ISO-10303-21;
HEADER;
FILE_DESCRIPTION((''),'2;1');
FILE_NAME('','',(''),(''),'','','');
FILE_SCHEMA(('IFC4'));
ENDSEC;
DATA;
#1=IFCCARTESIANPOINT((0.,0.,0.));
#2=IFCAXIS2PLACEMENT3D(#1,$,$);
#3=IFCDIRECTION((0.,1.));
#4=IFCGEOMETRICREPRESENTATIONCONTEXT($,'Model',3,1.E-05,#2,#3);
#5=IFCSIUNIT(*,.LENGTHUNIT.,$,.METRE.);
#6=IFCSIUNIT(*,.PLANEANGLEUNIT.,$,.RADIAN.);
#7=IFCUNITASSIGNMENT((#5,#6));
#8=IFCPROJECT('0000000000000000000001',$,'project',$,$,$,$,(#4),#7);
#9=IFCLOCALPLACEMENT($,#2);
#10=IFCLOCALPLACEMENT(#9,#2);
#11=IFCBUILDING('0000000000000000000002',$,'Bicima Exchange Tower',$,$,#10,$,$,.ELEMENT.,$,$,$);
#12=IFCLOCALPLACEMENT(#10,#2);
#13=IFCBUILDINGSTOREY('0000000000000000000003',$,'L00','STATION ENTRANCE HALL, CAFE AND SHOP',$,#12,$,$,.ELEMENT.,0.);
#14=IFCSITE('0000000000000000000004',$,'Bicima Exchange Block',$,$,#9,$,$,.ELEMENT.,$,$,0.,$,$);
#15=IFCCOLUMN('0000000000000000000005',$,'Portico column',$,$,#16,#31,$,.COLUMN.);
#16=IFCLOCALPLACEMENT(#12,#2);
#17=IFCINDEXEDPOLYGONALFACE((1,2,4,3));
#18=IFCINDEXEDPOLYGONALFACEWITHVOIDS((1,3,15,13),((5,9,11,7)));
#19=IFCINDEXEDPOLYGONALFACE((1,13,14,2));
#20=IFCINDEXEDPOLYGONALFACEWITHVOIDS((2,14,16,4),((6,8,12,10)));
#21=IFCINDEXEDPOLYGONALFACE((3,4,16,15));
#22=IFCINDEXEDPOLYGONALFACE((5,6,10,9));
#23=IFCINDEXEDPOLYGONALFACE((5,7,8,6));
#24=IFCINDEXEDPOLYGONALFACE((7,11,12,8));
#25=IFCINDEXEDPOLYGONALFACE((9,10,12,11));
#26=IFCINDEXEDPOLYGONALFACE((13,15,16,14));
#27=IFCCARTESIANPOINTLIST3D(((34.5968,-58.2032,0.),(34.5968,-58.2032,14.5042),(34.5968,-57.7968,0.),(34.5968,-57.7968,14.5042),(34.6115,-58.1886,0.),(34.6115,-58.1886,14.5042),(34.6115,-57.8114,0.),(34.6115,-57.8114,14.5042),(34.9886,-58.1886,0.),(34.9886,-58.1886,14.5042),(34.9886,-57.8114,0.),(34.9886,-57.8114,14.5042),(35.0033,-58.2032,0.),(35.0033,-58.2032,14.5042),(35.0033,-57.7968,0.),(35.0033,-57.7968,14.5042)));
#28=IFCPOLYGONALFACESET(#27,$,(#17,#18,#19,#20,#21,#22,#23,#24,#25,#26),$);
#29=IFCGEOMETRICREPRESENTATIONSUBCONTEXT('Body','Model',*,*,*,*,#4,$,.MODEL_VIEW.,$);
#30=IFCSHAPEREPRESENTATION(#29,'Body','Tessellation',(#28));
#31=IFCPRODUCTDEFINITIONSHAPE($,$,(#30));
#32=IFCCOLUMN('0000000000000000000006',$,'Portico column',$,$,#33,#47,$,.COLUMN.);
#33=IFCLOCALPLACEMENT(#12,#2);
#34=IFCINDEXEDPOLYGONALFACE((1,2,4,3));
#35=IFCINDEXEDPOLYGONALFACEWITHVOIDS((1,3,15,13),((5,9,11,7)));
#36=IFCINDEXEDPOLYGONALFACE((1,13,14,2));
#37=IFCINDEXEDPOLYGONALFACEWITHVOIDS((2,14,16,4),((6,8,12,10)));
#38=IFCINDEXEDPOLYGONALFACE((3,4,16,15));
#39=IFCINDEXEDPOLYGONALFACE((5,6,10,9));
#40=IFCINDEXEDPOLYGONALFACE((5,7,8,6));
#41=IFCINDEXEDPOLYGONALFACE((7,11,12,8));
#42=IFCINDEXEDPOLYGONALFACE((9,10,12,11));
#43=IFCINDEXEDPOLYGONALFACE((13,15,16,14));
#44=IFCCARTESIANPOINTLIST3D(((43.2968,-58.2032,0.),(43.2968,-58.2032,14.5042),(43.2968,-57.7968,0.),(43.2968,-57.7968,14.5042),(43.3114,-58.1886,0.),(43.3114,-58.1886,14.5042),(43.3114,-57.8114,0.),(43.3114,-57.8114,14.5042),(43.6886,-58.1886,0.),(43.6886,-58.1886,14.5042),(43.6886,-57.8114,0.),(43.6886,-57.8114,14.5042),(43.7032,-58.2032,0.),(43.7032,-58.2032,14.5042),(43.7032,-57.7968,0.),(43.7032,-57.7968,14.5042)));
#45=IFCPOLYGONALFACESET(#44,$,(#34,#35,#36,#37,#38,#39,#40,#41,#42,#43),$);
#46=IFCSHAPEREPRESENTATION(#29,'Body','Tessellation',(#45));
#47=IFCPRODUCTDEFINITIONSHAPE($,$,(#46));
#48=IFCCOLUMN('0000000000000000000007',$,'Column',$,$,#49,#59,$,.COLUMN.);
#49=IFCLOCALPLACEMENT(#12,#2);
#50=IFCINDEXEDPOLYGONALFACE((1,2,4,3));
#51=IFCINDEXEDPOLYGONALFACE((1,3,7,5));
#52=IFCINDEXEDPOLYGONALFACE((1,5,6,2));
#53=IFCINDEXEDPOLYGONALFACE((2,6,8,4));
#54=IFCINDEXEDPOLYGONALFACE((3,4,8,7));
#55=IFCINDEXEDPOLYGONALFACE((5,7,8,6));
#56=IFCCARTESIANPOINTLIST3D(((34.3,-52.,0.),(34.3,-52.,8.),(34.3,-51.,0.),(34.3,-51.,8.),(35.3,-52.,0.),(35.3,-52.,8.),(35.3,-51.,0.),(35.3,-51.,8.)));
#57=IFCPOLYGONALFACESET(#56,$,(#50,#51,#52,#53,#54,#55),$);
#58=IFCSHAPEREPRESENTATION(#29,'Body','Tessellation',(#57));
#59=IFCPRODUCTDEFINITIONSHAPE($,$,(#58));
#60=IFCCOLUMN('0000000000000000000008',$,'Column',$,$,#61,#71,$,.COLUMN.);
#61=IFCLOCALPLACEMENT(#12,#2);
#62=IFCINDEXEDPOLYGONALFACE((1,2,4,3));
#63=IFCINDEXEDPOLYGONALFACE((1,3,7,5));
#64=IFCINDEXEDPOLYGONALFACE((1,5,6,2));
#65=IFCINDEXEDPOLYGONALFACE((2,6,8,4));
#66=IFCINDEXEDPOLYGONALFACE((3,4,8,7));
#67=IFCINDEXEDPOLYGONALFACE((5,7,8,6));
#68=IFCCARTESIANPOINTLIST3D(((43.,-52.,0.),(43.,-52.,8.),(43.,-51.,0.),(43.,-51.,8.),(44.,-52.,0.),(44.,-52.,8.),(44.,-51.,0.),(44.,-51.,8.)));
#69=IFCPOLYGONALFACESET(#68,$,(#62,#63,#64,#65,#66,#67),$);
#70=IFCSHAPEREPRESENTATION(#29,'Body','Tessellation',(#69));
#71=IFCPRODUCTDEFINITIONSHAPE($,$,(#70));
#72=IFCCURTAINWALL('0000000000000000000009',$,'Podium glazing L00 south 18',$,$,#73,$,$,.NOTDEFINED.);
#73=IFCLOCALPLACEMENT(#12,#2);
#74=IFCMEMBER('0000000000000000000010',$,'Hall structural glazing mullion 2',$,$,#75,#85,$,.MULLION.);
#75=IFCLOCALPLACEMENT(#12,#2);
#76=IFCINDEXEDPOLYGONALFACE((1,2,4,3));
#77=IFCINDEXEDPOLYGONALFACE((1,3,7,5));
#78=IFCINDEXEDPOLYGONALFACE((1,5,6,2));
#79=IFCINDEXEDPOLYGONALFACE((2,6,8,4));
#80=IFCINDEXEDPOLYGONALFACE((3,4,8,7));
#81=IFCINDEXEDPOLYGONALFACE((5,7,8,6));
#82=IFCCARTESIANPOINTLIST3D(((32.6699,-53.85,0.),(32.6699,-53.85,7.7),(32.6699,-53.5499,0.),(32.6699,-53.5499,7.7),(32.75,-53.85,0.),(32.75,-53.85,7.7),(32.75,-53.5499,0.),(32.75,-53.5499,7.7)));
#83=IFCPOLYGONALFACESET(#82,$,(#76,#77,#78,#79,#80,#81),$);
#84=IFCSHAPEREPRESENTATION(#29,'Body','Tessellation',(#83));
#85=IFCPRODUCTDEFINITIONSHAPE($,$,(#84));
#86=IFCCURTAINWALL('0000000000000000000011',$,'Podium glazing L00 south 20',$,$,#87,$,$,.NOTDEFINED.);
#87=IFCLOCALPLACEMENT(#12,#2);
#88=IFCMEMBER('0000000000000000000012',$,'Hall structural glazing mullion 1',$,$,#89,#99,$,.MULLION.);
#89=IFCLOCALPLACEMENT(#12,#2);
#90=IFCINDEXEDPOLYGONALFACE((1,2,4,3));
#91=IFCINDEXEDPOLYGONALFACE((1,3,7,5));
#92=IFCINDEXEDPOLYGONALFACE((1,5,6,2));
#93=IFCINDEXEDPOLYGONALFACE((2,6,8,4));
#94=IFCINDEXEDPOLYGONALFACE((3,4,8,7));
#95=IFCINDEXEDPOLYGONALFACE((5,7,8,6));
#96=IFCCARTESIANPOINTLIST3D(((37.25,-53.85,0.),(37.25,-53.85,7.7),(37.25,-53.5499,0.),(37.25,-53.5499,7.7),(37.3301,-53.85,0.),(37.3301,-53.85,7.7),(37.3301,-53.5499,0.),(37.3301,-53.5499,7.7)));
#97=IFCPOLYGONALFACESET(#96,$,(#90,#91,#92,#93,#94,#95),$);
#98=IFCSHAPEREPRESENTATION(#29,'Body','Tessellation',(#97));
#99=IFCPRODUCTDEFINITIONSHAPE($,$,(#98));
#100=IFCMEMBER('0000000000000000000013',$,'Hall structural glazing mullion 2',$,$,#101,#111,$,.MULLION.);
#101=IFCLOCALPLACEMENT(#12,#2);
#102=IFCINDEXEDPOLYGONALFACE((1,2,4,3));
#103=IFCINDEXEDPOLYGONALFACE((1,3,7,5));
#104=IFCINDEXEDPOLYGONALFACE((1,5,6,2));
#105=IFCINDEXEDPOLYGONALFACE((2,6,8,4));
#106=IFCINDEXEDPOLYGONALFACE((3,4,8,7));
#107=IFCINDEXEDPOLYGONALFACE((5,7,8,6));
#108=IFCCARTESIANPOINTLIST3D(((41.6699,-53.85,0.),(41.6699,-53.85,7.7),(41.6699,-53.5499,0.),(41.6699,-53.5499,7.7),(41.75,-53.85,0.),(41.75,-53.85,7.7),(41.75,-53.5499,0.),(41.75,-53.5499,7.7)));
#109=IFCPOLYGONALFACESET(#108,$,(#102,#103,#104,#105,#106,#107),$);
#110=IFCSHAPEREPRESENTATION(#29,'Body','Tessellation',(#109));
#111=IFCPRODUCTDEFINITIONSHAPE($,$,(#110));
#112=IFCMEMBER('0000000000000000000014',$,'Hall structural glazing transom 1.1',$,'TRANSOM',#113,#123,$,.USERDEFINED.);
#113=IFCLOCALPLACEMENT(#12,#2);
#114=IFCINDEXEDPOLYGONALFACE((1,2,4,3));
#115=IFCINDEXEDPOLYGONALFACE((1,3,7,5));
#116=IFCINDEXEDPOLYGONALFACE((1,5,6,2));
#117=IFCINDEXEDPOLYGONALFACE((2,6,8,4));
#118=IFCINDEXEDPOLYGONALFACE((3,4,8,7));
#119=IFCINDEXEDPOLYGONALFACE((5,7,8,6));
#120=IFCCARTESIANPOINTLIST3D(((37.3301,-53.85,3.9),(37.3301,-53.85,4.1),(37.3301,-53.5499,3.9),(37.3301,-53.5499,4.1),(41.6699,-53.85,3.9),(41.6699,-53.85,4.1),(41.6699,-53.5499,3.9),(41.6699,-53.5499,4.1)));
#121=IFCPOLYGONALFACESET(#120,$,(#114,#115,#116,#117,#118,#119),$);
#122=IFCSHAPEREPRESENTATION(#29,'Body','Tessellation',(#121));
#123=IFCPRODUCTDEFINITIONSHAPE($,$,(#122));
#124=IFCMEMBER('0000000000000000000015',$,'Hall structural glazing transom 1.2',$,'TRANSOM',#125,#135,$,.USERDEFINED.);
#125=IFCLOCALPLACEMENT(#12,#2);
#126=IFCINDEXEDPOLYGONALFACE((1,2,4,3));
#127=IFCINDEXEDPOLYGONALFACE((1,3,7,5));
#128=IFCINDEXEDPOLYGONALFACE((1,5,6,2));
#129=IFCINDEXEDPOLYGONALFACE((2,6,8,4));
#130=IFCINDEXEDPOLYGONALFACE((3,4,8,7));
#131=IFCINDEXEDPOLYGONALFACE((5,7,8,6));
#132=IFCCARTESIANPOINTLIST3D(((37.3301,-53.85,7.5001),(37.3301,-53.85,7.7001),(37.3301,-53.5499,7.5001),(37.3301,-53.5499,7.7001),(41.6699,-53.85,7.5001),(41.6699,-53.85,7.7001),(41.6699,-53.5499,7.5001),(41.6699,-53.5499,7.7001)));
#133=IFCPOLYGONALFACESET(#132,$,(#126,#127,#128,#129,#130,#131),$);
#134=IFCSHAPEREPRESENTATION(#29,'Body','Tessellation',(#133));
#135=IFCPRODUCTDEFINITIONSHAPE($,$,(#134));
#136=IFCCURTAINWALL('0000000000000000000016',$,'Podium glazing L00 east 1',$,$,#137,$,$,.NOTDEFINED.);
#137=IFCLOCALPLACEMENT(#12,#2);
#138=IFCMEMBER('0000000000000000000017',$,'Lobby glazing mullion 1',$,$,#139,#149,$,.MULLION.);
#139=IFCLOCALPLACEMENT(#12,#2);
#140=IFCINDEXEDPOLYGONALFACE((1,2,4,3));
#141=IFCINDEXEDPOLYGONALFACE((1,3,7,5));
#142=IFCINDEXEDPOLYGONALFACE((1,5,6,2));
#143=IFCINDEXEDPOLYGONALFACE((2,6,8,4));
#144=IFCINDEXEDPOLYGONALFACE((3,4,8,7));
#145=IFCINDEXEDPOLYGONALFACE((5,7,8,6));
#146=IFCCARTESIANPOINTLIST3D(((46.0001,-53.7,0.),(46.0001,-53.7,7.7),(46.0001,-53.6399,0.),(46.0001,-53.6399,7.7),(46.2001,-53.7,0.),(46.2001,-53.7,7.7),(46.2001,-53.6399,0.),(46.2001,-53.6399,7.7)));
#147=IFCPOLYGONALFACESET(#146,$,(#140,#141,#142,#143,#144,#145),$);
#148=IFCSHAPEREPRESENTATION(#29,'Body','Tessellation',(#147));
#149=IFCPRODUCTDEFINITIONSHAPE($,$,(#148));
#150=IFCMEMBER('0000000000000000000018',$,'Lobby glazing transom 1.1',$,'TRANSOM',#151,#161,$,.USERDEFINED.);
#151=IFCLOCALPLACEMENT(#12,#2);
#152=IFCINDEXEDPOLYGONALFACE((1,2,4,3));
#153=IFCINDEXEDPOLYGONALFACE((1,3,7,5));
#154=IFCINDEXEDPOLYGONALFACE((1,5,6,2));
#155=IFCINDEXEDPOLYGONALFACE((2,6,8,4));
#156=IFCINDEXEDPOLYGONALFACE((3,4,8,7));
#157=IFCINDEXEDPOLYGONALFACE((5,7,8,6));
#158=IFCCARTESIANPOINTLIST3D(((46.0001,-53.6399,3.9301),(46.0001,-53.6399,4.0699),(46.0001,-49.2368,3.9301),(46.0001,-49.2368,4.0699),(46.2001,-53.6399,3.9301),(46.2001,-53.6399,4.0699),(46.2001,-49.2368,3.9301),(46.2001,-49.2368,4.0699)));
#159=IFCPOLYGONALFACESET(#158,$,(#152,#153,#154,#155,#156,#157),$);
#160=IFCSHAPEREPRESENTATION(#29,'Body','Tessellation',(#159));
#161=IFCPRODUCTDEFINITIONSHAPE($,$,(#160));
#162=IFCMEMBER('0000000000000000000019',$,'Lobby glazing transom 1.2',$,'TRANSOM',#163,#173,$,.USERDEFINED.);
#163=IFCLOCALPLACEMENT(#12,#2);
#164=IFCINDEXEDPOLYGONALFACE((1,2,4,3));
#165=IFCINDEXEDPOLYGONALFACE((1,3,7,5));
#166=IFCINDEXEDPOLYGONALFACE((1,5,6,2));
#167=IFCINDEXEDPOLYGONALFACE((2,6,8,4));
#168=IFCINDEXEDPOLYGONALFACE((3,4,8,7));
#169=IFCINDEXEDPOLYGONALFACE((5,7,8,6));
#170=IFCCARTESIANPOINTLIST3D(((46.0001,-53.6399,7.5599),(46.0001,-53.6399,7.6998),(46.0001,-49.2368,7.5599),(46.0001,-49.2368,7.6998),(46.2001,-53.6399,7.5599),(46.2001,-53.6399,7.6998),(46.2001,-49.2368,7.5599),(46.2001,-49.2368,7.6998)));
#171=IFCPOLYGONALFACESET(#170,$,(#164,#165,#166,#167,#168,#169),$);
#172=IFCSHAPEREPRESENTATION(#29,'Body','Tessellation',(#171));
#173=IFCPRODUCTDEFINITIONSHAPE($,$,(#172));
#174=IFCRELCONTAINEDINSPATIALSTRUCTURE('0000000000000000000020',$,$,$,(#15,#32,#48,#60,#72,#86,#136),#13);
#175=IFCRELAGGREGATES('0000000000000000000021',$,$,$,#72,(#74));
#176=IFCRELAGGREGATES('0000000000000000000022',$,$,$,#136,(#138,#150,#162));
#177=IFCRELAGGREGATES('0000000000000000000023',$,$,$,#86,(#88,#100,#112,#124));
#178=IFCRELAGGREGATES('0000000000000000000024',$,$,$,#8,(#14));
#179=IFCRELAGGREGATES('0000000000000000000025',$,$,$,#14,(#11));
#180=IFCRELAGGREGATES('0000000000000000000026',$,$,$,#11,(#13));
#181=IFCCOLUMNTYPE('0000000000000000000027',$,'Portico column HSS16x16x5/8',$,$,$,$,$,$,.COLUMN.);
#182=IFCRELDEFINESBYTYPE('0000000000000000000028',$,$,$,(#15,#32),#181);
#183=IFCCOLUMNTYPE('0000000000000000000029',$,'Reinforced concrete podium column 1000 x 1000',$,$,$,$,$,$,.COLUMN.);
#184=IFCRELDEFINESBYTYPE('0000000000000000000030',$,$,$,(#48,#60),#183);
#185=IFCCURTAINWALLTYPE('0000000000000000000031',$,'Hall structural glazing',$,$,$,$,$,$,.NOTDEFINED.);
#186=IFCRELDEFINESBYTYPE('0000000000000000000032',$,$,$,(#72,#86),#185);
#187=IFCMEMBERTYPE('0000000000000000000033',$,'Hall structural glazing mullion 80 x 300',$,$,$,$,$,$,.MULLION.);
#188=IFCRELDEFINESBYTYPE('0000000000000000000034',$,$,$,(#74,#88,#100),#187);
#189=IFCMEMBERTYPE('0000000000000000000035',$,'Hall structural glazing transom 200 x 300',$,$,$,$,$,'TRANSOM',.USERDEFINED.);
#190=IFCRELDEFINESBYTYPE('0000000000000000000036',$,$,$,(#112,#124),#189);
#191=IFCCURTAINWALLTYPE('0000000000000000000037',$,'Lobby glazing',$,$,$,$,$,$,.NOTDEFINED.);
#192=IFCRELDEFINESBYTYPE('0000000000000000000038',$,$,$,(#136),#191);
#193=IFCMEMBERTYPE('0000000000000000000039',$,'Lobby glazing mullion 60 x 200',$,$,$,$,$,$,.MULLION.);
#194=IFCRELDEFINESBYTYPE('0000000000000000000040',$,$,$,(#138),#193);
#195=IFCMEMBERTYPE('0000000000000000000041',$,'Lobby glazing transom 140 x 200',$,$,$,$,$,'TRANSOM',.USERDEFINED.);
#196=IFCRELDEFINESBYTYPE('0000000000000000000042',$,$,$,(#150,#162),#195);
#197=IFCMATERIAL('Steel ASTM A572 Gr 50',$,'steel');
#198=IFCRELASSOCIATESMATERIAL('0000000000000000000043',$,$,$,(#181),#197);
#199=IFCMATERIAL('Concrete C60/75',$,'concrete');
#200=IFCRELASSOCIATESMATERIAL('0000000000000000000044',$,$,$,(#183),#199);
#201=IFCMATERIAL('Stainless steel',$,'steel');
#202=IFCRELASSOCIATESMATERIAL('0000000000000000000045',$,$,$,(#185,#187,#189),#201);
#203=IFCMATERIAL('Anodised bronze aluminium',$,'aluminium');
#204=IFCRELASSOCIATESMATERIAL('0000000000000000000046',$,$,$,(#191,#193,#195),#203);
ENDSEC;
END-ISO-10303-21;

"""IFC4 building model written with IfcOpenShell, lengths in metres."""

from ifc_helpers import new_model, si_unit, direction, frame, origin, origin_2d, place, context, subcontext, project, spatial, rectangle, hollow_rectangle, extrude, material, material_profile, profile_set, type_object, element, aggregate, save


model = new_model("IFC4")

# Units and contexts
model_context = context("Model", 3, precision=1e-05, world=origin(), true_north=direction((0.0, 1.0)))
body_context = subcontext(model_context, "Body", "Model", "MODEL_VIEW")
ifc_project = project(units=[si_unit("LENGTHUNIT", "METRE"), si_unit("PLANEANGLEUNIT", "RADIAN")], contexts=[model_context])

# Site, building, storey
site_placement = place(None, origin())
site = spatial("IfcSite", under=ifc_project, at=site_placement, Name="Bicima Exchange Block", CompositionType="ELEMENT", RefElevation=0.0)
building_placement = place(site_placement, origin())
building = spatial("IfcBuilding", under=site, at=building_placement, Name="Bicima Exchange Tower", CompositionType="ELEMENT")
storey_placement = place(building_placement, origin())
storey = spatial("IfcBuildingStorey", under=building, at=storey_placement, Name="L00", Description="STATION ENTRANCE HALL, CAFE AND SHOP", CompositionType="ELEMENT", Elevation=0.0)

# Columns
ifc_material_1 = material(Name="Steel ASTM A572 Gr 50", Category="steel")
ifc_material_profile_1 = material_profile(ifc_material_1, hollow_rectangle(XDim=0.4065, YDim=0.4065, WallThickness=0.0146, at=origin_2d()))
ifc_profile_set_1 = profile_set([ifc_material_profile_1], Name="Steel ASTM A572 Gr 50")
column_type_1 = type_object("IfcColumnType", Name="Portico column HSS16x16x5/8", PredefinedType="COLUMN", material=ifc_profile_set_1)
for number, where, z_axis, x_axis, name in (
    (1, (34.8, -58.0, 0.0), (0.0, 0.0, 1.0), (1.0, 0.0, 0.0), "Portico column"),
    (2, (43.5, -58.0, 0.0), (0.0, 0.0, 1.0), (1.0, 0.0, 0.0), "Portico column"),
):
    element("IfcColumn", number, at=place(storey_placement, frame(where, z_axis=z_axis, x_axis=x_axis)), inside=storey, type_object=column_type_1, Name=name, PredefinedType="COLUMN", context=body_context, shape_type="SweptSolid", body=[
        extrude(hollow_rectangle(XDim=0.4065, YDim=0.4065, WallThickness=0.0146, at=origin_2d()), origin(), (0.0, 0.0, 1.0), 14.5042),
    ])
ifc_material_2 = material(Name="Concrete C60/75", Category="concrete")
ifc_material_profile_2 = material_profile(ifc_material_2, rectangle(XDim=1.0, YDim=1.0, at=origin_2d()))
ifc_profile_set_2 = profile_set([ifc_material_profile_2], Name="Concrete C60/75")
column_type_2 = type_object("IfcColumnType", Name="Reinforced concrete podium column 1000 x 1000", PredefinedType="COLUMN", material=ifc_profile_set_2)
for number, where, z_axis, x_axis, name in (
    (3, (34.8, -51.5, 0.0), (0.0, 0.0, 1.0), (1.0, 0.0, 0.0), "Column"),
    (4, (43.5, -51.5, 0.0), (0.0, 0.0, 1.0), (1.0, 0.0, 0.0), "Column"),
):
    element("IfcColumn", number, at=place(storey_placement, frame(where, z_axis=z_axis, x_axis=x_axis)), inside=storey, type_object=column_type_2, Name=name, PredefinedType="COLUMN", context=body_context, shape_type="SweptSolid", body=[
        extrude(rectangle(XDim=1.0, YDim=1.0, at=origin_2d()), origin(), (0.0, 0.0, 1.0), 8.0),
    ])

# Curtain wall, member
ifc_material_3 = material(Name="Stainless steel", Category="steel")
curtain_wall_type_1 = type_object("IfcCurtainWallType", Name="Hall structural glazing", PredefinedType="NOTDEFINED", material=ifc_material_3)
curtain_wall_1_placement = place(storey_placement, origin())
curtain_wall_1 = element("IfcCurtainWall", 5, at=curtain_wall_1_placement, inside=storey, type_object=curtain_wall_type_1, Name="Podium glazing L00 south 18", PredefinedType="NOTDEFINED")
ifc_material_profile_3 = material_profile(ifc_material_3, rectangle(XDim=0.3, YDim=0.0801, at=origin_2d()))
ifc_profile_set_3 = profile_set([ifc_material_profile_3], Name="Stainless steel")
member_type_1 = type_object("IfcMemberType", Name="Hall structural glazing mullion 80 x 300", PredefinedType="MULLION", material=ifc_profile_set_3)
member_1_placement = place(storey_placement, frame((32.71, -53.7, 0.0), z_axis=(0.0, 0.0, 1.0), x_axis=(0.0, 1.0, 0.0)))
member_1 = element("IfcMember", 6, at=member_1_placement, type_object=member_type_1, Name="Hall structural glazing mullion 2", PredefinedType="MULLION", context=body_context, shape_type="SweptSolid", body=[
    extrude(rectangle(XDim=0.3, YDim=0.0801, at=origin_2d()), origin(), (0.0, 0.0, 1.0), 7.7),
])
aggregate(curtain_wall_1, [member_1])

# Curtain walls, members
curtain_wall_2_placement = place(storey_placement, origin())
curtain_wall_2 = element("IfcCurtainWall", 7, at=curtain_wall_2_placement, inside=storey, type_object=curtain_wall_type_1, Name="Podium glazing L00 south 20", PredefinedType="NOTDEFINED")
member_2_placement = place(storey_placement, frame((37.29, -53.7, 0.0), z_axis=(0.0, 0.0, 1.0), x_axis=(0.0, 1.0, 0.0)))
member_2 = element("IfcMember", 8, at=member_2_placement, type_object=member_type_1, Name="Hall structural glazing mullion 1", PredefinedType="MULLION", context=body_context, shape_type="SweptSolid", body=[
    extrude(rectangle(XDim=0.3, YDim=0.0801, at=origin_2d()), origin(), (0.0, 0.0, 1.0), 7.7),
])
member_3_placement = place(storey_placement, frame((41.71, -53.7, 0.0), z_axis=(0.0, 0.0, 1.0), x_axis=(0.0, 1.0, 0.0)))
member_3 = element("IfcMember", 9, at=member_3_placement, type_object=member_type_1, Name="Hall structural glazing mullion 2", PredefinedType="MULLION", context=body_context, shape_type="SweptSolid", body=[
    extrude(rectangle(XDim=0.3, YDim=0.0801, at=origin_2d()), origin(), (0.0, 0.0, 1.0), 7.7),
])
ifc_material_profile_4 = material_profile(ifc_material_3, rectangle(XDim=0.3, YDim=0.2, at=origin_2d()))
ifc_profile_set_4 = profile_set([ifc_material_profile_4], Name="Stainless steel")
member_type_2 = type_object("IfcMemberType", Name="Hall structural glazing transom 200 x 300", ElementType="TRANSOM", PredefinedType="USERDEFINED", material=ifc_profile_set_4)
member_4_placement = place(storey_placement, frame((37.3301, -53.7, 4.0), z_axis=(1.0, 0.0, 0.0), x_axis=(0.0, 1.0, 0.0)))
member_4 = element("IfcMember", 10, at=member_4_placement, type_object=member_type_2, Name="Hall structural glazing transom 1.1", ObjectType="TRANSOM", PredefinedType="USERDEFINED", context=body_context, shape_type="SweptSolid", body=[
    extrude(rectangle(XDim=0.3, YDim=0.2, at=origin_2d()), origin(), (0.0, 0.0, 1.0), 4.3398),
])
member_5_placement = place(storey_placement, frame((37.3301, -53.7, 7.6001), z_axis=(1.0, 0.0, 0.0), x_axis=(0.0, 1.0, 0.0)))
member_5 = element("IfcMember", 11, at=member_5_placement, type_object=member_type_2, Name="Hall structural glazing transom 1.2", ObjectType="TRANSOM", PredefinedType="USERDEFINED", context=body_context, shape_type="SweptSolid", body=[
    extrude(rectangle(XDim=0.3, YDim=0.2, at=origin_2d()), origin(), (0.0, 0.0, 1.0), 4.3398),
])
ifc_material_4 = material(Name="Anodised bronze aluminium", Category="aluminium")
curtain_wall_type_2 = type_object("IfcCurtainWallType", Name="Lobby glazing", PredefinedType="NOTDEFINED", material=ifc_material_4)
curtain_wall_3_placement = place(storey_placement, origin())
curtain_wall_3 = element("IfcCurtainWall", 12, at=curtain_wall_3_placement, inside=storey, type_object=curtain_wall_type_2, Name="Podium glazing L00 east 1", PredefinedType="NOTDEFINED")
ifc_material_profile_5 = material_profile(ifc_material_4, rectangle(XDim=0.2, YDim=0.0601, at=origin_2d()))
ifc_profile_set_5 = profile_set([ifc_material_profile_5], Name="Anodised bronze aluminium")
member_type_3 = type_object("IfcMemberType", Name="Lobby glazing mullion 60 x 200", PredefinedType="MULLION", material=ifc_profile_set_5)
member_6_placement = place(storey_placement, frame((46.1001, -53.6699, 0.0), z_axis=(0.0, 0.0, 1.0), x_axis=(-1.0, 0.0, 0.0)))
member_6 = element("IfcMember", 13, at=member_6_placement, type_object=member_type_3, Name="Lobby glazing mullion 1", PredefinedType="MULLION", context=body_context, shape_type="SweptSolid", body=[
    extrude(rectangle(XDim=0.2, YDim=0.0601, at=origin_2d()), origin(), (0.0, 0.0, 1.0), 7.7),
])
ifc_material_profile_6 = material_profile(ifc_material_4, rectangle(XDim=0.2, YDim=0.1399, at=origin_2d()))
ifc_profile_set_6 = profile_set([ifc_material_profile_6], Name="Anodised bronze aluminium")
member_type_4 = type_object("IfcMemberType", Name="Lobby glazing transom 140 x 200", ElementType="TRANSOM", PredefinedType="USERDEFINED", material=ifc_profile_set_6)
member_7_placement = place(storey_placement, frame((46.1001, -53.6399, 4.0), z_axis=(0.0, 1.0, 0.0), x_axis=(-1.0, 0.0, 0.0)))
member_7 = element("IfcMember", 14, at=member_7_placement, type_object=member_type_4, Name="Lobby glazing transom 1.1", ObjectType="TRANSOM", PredefinedType="USERDEFINED", context=body_context, shape_type="SweptSolid", body=[
    extrude(rectangle(XDim=0.2, YDim=0.1399, at=origin_2d()), origin(), (0.0, 0.0, 1.0), 4.4031),
])
member_8_placement = place(storey_placement, frame((46.1001, -53.6399, 7.6299), z_axis=(0.0, 1.0, 0.0), x_axis=(-1.0, 0.0, 0.0)))
member_8 = element("IfcMember", 15, at=member_8_placement, type_object=member_type_4, Name="Lobby glazing transom 1.2", ObjectType="TRANSOM", PredefinedType="USERDEFINED", context=body_context, shape_type="SweptSolid", body=[
    extrude(rectangle(XDim=0.2, YDim=0.1399, at=origin_2d()), origin(), (0.0, 0.0, 1.0), 4.4031),
])
aggregate(curtain_wall_3, [member_6, member_7, member_8])

aggregate(curtain_wall_2, [member_2, member_3, member_4, member_5])

save(model, "model.ifc")
